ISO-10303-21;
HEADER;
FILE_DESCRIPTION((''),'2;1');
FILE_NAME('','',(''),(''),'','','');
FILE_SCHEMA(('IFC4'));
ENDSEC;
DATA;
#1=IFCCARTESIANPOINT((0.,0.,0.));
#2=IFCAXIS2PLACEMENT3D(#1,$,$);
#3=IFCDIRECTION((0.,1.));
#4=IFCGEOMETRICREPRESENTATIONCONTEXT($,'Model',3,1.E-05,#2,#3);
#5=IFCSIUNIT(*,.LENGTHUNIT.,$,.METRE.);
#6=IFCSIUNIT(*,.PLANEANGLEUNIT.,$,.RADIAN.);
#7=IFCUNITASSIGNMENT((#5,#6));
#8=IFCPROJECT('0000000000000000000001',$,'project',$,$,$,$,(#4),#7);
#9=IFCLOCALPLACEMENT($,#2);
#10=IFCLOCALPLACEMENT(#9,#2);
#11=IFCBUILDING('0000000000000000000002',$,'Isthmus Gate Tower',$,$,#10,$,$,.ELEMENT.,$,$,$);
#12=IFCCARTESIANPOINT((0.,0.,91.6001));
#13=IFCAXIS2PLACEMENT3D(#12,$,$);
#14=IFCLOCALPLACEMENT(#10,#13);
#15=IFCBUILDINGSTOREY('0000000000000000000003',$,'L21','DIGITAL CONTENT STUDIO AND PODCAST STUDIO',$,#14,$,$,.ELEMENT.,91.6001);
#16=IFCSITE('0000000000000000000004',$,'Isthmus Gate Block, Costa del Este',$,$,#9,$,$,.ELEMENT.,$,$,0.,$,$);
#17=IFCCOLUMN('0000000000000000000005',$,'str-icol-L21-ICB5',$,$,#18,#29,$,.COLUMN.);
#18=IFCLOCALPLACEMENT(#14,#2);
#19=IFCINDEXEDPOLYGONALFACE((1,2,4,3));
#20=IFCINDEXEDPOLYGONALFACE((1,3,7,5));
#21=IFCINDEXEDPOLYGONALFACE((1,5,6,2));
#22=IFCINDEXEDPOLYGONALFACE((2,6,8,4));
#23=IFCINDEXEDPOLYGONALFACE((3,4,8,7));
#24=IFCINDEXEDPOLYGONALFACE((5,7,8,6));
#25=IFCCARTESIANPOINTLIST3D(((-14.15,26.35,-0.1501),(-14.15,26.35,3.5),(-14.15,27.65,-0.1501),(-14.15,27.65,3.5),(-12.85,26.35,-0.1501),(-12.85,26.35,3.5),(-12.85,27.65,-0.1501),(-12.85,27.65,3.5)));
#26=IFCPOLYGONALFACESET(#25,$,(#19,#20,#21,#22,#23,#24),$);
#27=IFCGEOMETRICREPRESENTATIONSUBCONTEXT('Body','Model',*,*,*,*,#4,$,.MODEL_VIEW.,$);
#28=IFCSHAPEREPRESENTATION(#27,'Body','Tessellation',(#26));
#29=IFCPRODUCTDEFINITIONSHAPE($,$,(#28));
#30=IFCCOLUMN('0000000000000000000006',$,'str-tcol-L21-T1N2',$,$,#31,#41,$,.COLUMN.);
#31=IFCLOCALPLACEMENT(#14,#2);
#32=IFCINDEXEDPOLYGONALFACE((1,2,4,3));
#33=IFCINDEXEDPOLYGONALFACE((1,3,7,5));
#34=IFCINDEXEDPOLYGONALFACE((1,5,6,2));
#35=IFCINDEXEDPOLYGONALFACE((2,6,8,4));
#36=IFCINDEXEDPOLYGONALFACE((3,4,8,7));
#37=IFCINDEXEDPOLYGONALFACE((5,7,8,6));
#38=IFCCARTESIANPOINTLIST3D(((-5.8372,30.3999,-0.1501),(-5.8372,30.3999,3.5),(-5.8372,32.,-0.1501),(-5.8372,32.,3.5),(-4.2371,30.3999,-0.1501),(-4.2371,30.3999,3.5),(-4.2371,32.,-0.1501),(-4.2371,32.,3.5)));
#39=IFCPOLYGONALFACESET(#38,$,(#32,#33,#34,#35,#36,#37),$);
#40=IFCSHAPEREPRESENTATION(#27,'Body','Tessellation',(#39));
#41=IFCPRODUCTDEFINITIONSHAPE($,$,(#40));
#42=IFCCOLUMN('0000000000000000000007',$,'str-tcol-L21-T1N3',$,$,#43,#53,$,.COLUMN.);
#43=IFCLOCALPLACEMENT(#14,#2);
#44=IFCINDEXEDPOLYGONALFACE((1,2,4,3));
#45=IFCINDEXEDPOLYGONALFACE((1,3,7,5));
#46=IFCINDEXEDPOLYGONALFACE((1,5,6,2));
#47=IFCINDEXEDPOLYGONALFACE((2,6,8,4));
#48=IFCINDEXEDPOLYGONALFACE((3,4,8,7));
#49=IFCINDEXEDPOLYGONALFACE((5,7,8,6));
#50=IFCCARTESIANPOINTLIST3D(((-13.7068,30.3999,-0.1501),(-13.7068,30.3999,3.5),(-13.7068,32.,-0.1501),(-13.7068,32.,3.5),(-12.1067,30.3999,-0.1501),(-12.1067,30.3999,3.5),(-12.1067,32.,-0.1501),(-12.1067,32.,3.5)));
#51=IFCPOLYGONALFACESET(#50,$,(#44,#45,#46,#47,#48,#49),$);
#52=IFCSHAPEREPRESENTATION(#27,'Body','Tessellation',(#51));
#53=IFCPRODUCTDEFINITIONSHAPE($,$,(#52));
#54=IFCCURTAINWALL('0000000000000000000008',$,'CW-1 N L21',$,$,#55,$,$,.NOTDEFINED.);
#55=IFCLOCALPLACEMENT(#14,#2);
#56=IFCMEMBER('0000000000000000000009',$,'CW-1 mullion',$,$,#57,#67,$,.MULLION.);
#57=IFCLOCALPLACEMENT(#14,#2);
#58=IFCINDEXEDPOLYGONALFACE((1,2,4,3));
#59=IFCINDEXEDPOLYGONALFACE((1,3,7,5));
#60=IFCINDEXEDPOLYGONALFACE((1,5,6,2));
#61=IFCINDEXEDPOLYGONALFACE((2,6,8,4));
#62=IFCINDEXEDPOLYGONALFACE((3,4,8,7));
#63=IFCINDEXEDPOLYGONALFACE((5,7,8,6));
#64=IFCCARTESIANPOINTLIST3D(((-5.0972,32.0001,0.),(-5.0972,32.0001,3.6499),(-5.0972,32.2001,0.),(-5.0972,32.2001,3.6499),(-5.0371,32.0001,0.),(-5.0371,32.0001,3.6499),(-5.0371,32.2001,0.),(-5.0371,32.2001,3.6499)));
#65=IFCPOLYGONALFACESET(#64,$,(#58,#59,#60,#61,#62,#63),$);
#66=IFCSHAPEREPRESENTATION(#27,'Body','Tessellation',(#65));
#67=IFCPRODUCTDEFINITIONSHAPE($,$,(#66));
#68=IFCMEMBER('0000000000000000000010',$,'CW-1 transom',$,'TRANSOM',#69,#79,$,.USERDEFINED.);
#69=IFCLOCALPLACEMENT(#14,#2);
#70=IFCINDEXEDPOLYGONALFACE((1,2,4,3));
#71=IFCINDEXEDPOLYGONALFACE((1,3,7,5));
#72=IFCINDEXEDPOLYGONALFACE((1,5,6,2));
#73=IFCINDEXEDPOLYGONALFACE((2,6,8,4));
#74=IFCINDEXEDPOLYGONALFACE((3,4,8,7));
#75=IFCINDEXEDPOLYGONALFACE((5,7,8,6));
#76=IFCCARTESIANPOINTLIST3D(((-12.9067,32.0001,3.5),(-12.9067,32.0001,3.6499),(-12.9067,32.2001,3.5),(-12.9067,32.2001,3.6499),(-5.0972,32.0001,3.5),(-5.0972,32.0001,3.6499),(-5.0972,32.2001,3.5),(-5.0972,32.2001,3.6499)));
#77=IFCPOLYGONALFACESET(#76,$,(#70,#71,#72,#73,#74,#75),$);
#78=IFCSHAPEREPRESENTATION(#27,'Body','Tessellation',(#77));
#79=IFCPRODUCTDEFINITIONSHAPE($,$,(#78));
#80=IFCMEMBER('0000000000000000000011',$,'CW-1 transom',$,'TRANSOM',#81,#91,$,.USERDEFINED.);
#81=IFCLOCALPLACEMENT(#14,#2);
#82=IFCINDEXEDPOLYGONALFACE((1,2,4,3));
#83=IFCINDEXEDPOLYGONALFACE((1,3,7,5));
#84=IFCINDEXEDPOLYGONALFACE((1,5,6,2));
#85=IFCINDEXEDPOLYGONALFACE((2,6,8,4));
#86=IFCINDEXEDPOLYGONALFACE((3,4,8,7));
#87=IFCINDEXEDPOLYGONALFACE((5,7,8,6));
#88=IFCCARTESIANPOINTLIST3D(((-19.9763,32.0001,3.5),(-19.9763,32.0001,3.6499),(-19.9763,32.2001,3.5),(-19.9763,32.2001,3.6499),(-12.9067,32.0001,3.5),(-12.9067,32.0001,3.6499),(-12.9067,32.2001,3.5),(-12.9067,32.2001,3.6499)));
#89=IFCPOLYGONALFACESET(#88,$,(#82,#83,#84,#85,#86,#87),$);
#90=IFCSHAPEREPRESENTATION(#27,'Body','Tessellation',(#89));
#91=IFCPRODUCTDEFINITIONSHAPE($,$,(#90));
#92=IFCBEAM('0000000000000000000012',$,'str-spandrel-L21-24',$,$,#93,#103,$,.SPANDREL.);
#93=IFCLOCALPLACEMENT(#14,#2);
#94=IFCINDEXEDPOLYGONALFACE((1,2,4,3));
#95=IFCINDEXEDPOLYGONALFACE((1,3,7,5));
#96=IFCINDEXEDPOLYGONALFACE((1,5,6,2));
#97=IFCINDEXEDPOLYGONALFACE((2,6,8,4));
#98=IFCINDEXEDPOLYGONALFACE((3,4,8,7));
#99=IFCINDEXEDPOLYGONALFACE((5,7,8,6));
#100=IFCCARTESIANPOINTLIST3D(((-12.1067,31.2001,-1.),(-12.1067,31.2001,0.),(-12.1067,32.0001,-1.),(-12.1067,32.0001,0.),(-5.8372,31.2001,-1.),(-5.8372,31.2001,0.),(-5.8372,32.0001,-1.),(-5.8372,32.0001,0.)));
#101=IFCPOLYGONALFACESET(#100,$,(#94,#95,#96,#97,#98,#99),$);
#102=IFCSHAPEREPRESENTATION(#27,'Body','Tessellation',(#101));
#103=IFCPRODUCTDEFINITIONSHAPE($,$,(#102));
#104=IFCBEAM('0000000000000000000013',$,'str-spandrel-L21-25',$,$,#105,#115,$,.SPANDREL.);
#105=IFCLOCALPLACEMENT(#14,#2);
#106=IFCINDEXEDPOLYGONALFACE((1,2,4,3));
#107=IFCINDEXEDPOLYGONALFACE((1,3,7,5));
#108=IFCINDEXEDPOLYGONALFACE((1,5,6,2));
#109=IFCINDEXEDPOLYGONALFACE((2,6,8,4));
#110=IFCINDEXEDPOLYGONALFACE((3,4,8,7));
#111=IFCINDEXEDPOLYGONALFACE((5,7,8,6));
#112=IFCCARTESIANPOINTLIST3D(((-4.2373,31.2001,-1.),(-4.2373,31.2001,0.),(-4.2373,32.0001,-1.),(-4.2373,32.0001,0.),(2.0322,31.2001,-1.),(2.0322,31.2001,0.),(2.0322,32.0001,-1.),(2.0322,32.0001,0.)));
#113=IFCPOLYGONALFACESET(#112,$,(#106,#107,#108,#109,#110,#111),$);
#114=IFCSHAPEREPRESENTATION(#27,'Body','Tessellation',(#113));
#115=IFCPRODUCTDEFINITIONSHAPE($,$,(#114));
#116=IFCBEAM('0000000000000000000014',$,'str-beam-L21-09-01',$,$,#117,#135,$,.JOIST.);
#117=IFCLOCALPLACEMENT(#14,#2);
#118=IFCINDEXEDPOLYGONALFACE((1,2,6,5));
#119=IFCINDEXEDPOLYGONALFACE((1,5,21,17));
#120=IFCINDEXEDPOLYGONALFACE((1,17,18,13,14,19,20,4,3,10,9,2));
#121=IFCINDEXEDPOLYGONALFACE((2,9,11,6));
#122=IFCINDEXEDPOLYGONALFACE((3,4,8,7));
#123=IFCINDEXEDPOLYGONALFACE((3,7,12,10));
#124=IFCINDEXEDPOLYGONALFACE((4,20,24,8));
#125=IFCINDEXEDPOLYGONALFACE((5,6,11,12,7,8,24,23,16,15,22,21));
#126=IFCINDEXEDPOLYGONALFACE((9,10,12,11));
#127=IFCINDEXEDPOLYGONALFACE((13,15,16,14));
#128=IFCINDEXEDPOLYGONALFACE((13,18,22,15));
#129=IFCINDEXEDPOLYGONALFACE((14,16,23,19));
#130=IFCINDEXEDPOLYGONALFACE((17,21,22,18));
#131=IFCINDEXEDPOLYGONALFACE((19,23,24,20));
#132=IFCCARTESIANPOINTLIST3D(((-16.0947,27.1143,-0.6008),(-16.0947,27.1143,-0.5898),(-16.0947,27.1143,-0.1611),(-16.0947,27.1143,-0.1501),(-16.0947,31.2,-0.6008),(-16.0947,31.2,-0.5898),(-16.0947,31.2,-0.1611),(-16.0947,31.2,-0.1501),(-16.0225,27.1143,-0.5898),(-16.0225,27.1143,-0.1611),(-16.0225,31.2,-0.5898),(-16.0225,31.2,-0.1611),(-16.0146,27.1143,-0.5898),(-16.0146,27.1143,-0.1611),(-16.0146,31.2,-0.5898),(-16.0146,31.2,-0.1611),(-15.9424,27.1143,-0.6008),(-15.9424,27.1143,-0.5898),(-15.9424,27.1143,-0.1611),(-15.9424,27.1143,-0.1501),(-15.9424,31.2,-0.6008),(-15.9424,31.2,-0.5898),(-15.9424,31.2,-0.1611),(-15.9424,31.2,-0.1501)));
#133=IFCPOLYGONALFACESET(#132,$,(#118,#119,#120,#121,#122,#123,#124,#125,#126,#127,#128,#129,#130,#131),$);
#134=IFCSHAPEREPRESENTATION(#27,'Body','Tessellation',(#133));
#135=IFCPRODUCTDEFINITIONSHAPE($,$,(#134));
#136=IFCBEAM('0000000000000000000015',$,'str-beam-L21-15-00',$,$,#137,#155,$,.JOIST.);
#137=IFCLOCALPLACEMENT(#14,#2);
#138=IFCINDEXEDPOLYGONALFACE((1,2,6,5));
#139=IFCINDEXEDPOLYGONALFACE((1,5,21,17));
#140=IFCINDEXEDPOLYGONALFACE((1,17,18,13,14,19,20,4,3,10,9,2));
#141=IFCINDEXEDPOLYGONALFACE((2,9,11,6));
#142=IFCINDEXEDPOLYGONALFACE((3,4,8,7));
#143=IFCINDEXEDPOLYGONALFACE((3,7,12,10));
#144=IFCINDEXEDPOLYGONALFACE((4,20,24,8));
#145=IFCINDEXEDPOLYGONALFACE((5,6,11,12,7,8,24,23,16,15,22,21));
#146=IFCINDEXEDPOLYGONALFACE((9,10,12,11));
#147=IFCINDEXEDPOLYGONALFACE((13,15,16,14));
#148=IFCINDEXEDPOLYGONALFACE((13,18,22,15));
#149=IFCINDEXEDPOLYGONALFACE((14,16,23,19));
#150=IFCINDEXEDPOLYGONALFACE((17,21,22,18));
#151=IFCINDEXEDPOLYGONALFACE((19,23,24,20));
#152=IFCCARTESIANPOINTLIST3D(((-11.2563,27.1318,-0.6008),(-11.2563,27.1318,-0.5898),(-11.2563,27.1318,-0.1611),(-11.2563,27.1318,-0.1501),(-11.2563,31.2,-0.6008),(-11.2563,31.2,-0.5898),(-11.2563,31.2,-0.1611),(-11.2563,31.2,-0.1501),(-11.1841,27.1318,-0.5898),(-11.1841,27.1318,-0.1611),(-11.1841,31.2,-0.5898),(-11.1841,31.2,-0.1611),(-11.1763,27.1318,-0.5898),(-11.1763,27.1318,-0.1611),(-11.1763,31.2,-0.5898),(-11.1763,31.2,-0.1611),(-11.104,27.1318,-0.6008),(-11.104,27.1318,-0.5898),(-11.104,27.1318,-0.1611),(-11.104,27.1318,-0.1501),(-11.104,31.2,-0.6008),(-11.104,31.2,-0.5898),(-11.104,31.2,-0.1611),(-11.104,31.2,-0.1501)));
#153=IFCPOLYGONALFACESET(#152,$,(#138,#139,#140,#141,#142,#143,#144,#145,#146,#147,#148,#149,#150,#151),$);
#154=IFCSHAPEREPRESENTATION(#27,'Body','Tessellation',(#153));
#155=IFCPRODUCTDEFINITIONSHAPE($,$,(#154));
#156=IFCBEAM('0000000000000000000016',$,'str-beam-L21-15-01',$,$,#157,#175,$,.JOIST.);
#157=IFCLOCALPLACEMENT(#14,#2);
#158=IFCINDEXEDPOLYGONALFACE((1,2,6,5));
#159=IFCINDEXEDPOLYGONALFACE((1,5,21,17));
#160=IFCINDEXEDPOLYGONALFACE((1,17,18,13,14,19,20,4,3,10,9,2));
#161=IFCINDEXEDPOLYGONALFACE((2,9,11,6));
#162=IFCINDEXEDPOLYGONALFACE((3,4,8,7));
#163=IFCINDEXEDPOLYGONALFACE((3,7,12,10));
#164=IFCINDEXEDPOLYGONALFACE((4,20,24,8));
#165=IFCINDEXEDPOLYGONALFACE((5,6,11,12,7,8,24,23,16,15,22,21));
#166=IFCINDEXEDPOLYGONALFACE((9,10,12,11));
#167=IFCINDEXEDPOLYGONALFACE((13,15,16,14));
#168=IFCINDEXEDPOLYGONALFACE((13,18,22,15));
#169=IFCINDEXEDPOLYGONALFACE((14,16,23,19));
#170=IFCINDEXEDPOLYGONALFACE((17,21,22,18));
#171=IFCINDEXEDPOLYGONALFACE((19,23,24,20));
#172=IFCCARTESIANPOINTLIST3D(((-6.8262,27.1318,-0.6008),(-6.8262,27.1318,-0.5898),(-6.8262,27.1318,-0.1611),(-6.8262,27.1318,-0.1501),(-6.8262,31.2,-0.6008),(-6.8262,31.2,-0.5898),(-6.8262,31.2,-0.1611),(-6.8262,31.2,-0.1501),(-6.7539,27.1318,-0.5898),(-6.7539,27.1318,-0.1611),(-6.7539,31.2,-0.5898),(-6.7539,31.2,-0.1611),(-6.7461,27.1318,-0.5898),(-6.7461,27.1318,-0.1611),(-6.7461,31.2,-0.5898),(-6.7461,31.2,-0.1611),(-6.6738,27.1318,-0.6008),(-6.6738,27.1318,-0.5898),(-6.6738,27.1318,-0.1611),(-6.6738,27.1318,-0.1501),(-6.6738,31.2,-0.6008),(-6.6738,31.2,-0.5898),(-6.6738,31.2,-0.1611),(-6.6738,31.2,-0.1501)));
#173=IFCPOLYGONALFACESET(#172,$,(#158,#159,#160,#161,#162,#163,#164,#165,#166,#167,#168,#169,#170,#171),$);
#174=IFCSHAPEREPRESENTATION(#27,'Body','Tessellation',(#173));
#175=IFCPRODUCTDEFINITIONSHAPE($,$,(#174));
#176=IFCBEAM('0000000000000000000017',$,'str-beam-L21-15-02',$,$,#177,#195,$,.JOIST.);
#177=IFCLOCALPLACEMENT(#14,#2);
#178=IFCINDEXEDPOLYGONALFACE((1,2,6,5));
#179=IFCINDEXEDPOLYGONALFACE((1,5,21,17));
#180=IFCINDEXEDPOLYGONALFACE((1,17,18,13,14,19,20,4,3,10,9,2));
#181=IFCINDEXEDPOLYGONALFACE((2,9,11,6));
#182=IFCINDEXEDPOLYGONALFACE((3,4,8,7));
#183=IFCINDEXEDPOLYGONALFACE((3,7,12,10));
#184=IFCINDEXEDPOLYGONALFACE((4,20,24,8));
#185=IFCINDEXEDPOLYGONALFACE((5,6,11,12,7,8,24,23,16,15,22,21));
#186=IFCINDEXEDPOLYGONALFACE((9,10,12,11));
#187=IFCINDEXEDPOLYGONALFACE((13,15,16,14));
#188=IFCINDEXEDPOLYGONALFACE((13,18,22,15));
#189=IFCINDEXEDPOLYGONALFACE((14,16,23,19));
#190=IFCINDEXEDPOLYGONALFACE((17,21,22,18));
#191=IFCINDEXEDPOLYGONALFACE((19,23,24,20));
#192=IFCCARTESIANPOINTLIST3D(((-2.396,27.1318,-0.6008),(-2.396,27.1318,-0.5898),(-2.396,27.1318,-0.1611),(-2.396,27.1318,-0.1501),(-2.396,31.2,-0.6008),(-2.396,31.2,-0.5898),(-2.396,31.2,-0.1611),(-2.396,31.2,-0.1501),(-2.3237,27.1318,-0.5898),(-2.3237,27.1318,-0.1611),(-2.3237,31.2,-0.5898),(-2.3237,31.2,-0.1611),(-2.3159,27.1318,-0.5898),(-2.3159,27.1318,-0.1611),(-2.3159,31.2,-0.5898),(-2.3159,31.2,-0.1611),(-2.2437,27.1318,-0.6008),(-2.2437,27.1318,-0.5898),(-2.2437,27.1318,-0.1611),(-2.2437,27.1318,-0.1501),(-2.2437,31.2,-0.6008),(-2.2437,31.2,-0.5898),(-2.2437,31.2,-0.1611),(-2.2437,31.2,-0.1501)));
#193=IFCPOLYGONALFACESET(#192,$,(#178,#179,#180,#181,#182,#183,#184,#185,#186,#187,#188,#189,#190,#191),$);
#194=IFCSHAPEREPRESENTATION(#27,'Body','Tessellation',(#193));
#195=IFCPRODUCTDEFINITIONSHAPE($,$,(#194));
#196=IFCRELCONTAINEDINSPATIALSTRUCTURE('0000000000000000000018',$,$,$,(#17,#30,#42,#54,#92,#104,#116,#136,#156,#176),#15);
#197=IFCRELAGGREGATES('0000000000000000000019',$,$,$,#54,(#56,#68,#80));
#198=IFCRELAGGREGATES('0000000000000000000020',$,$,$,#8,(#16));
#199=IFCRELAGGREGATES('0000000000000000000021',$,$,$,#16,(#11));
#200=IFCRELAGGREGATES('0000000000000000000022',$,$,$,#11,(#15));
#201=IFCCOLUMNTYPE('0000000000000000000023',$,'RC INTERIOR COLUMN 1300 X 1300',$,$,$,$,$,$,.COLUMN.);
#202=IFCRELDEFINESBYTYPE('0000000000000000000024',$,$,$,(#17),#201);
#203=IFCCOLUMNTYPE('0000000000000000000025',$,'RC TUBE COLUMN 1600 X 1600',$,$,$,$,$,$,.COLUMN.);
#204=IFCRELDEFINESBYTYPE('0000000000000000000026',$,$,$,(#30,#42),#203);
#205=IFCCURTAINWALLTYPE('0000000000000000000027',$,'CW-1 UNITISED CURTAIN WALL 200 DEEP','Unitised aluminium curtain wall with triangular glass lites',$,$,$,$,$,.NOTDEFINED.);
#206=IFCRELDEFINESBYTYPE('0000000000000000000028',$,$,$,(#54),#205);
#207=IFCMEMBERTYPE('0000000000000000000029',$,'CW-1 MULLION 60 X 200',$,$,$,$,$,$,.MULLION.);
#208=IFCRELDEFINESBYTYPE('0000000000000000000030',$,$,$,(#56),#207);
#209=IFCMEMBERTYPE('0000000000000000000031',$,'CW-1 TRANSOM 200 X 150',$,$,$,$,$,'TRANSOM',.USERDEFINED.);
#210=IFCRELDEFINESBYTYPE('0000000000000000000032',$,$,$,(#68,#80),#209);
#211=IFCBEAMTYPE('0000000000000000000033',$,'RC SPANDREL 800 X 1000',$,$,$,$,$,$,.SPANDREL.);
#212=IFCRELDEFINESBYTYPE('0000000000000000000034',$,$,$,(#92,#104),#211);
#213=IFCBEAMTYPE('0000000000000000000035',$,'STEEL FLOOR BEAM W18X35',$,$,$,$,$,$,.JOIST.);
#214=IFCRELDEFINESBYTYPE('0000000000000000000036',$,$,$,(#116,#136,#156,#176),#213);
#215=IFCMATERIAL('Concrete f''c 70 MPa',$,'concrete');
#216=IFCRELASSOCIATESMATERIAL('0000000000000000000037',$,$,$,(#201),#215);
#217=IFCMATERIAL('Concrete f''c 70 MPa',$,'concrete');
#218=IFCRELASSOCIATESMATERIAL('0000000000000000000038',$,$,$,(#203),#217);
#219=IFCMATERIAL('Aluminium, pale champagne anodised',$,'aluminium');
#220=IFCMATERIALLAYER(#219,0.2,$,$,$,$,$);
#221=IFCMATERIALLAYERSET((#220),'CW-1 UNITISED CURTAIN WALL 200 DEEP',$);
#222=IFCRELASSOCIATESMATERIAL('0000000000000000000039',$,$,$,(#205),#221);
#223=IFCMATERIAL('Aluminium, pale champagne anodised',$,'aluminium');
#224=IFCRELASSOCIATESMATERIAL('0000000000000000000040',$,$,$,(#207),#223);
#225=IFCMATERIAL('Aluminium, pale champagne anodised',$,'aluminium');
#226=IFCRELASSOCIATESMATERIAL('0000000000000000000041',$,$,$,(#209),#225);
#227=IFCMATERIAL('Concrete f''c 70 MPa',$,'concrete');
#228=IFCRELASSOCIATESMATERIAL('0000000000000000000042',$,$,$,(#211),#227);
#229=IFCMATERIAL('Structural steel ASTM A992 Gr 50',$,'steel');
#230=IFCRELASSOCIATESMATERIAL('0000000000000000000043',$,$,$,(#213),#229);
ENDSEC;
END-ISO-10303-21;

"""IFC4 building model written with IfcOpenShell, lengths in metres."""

from ifc_helpers import new_model, si_unit, direction, frame, origin, origin_2d, place, context, subcontext, project, spatial, rectangle, i_section, extrude, material, layer, layer_set, material_profile, profile_set, type_object, element, aggregate, save


model = new_model("IFC4")

# Units and contexts
model_context = context("Model", 3, precision=1e-05, world=origin(), true_north=direction((0.0, 1.0)))
body_context = subcontext(model_context, "Body", "Model", "MODEL_VIEW")
ifc_project = project(units=[si_unit("LENGTHUNIT", "METRE"), si_unit("PLANEANGLEUNIT", "RADIAN")], contexts=[model_context])

# Site, building, storey
site_placement = place(None, origin())
site = spatial("IfcSite", under=ifc_project, at=site_placement, Name="Isthmus Gate Block, Costa del Este", CompositionType="ELEMENT", RefElevation=0.0)
building_placement = place(site_placement, origin())
building = spatial("IfcBuilding", under=site, at=building_placement, Name="Isthmus Gate Tower", CompositionType="ELEMENT")
storey_placement = place(building_placement, frame((0.0, 0.0, 91.6001)))
storey = spatial("IfcBuildingStorey", under=building, at=storey_placement, Name="L21", Description="DIGITAL CONTENT STUDIO AND PODCAST STUDIO", CompositionType="ELEMENT", Elevation=91.6001)

# Columns
ifc_material_1 = material(Name="Concrete f'c 70 MPa", Category="concrete")
ifc_material_profile_1 = material_profile(ifc_material_1, rectangle(XDim=1.3, YDim=1.3, at=origin_2d()), Name="RC 1300X1300")
ifc_profile_set_1 = profile_set([ifc_material_profile_1], Name="Concrete f'c 70 MPa")
column_type_1 = type_object("IfcColumnType", Name="RC INTERIOR COLUMN 1300 X 1300", PredefinedType="COLUMN", material=ifc_profile_set_1)
column_placement = place(storey_placement, frame((-13.5, 27.0, -0.1501), z_axis=(0.0, 0.0, 1.0), x_axis=(1.0, 0.0, 0.0)))
element("IfcColumn", 1, at=column_placement, inside=storey, type_object=column_type_1, Name="str-icol-L21-ICB5", PredefinedType="COLUMN", context=body_context, shape_type="SweptSolid", body=[
    extrude(rectangle(XDim=1.3, YDim=1.3, at=origin_2d()), origin(), (0.0, 0.0, 1.0), 3.6501),
])
ifc_material_2 = material(Name="Concrete f'c 70 MPa", Category="concrete")
ifc_material_profile_2 = material_profile(ifc_material_2, rectangle(XDim=1.6001, YDim=1.6001, at=origin_2d()), Name="RC 1600X1600")
ifc_profile_set_2 = profile_set([ifc_material_profile_2], Name="Concrete f'c 70 MPa")
column_type_2 = type_object("IfcColumnType", Name="RC TUBE COLUMN 1600 X 1600", PredefinedType="COLUMN", material=ifc_profile_set_2)
for number, where, z_axis, x_axis, name in (
    (2, (-5.0371, 31.2, -0.1501), (0.0, 0.0, 1.0), (-1.0, 0.0, 0.0), "str-tcol-L21-T1N2"),
    (3, (-12.9067, 31.2, -0.1501), (0.0, 0.0, 1.0), (-1.0, 0.0, 0.0), "str-tcol-L21-T1N3"),
):
    element("IfcColumn", number, at=place(storey_placement, frame(where, z_axis=z_axis, x_axis=x_axis)), inside=storey, type_object=column_type_2, Name=name, PredefinedType="COLUMN", context=body_context, shape_type="SweptSolid", body=[
        extrude(rectangle(XDim=1.6001, YDim=1.6001, at=origin_2d()), origin(), (0.0, 0.0, 1.0), 3.6501),
    ])

# Curtain wall, members
ifc_material_3 = material(Name="Aluminium, pale champagne anodised", Category="aluminium")
ifc_layer_1 = layer(ifc_material_3, 0.2)
ifc_layer_set_1 = layer_set([ifc_layer_1], Name="CW-1 UNITISED CURTAIN WALL 200 DEEP")
curtain_wall_type = type_object("IfcCurtainWallType", Name="CW-1 UNITISED CURTAIN WALL 200 DEEP", Description="Unitised aluminium curtain wall with triangular glass lites", PredefinedType="NOTDEFINED", material=ifc_layer_set_1)
curtain_wall_placement = place(storey_placement, origin())
curtain_wall = element("IfcCurtainWall", 4, at=curtain_wall_placement, inside=storey, type_object=curtain_wall_type, Name="CW-1 N L21", PredefinedType="NOTDEFINED")
ifc_material_4 = material(Name="Aluminium, pale champagne anodised", Category="aluminium")
ifc_material_profile_3 = material_profile(ifc_material_4, rectangle(XDim=0.0601, YDim=0.2, at=origin_2d()), Name="60x200")
ifc_profile_set_3 = profile_set([ifc_material_profile_3], Name="Aluminium, pale champagne anodised")
member_type_1 = type_object("IfcMemberType", Name="CW-1 MULLION 60 X 200", PredefinedType="MULLION", material=ifc_profile_set_3)
member_1_placement = place(storey_placement, frame((-5.0671, 32.1001, 0.0), z_axis=(0.0, 0.0, 1.0), x_axis=(-1.0, 0.0, 0.0)))
member_1 = element("IfcMember", 5, at=member_1_placement, type_object=member_type_1, Name="CW-1 mullion", PredefinedType="MULLION", context=body_context, shape_type="SweptSolid", body=[
    extrude(rectangle(XDim=0.0601, YDim=0.2, at=origin_2d()), origin(), (0.0, 0.0, 1.0), 3.6499),
])
ifc_material_5 = material(Name="Aluminium, pale champagne anodised", Category="aluminium")
ifc_material_profile_4 = material_profile(ifc_material_5, rectangle(XDim=0.2, YDim=0.1499, at=origin_2d()), Name="200x150")
ifc_profile_set_4 = profile_set([ifc_material_profile_4], Name="Aluminium, pale champagne anodised")
member_type_2 = type_object("IfcMemberType", Name="CW-1 TRANSOM 200 X 150", ElementType="TRANSOM", PredefinedType="USERDEFINED", material=ifc_profile_set_4)
member_2_placement = place(storey_placement, frame((-5.0972, 32.1001, 3.575), z_axis=(-1.0, 0.0, 0.0), x_axis=(0.0, -1.0, 0.0)))
member_2 = element("IfcMember", 6, at=member_2_placement, type_object=member_type_2, Name="CW-1 transom", ObjectType="TRANSOM", PredefinedType="USERDEFINED", context=body_context, shape_type="SweptSolid", body=[
    extrude(rectangle(XDim=0.2, YDim=0.1499, at=origin_2d()), origin(), (0.0, 0.0, 1.0), 7.8096),
])
member_3_placement = place(storey_placement, frame((-12.9067, 32.1001, 3.575), z_axis=(-1.0, 0.0, 0.0), x_axis=(0.0, -1.0, 0.0)))
member_3 = element("IfcMember", 7, at=member_3_placement, type_object=member_type_2, Name="CW-1 transom", ObjectType="TRANSOM", PredefinedType="USERDEFINED", context=body_context, shape_type="SweptSolid", body=[
    extrude(rectangle(XDim=0.2, YDim=0.1499, at=origin_2d()), origin(), (0.0, 0.0, 1.0), 7.0696),
])

# Beams
ifc_material_6 = material(Name="Concrete f'c 70 MPa", Category="concrete")
ifc_material_profile_5 = material_profile(ifc_material_6, rectangle(XDim=0.8, YDim=1.0, at=origin_2d()), Name="RC 800X1000")
ifc_profile_set_5 = profile_set([ifc_material_profile_5], Name="Concrete f'c 70 MPa")
beam_type_1 = type_object("IfcBeamType", Name="RC SPANDREL 800 X 1000", PredefinedType="SPANDREL", material=ifc_profile_set_5)
for number, where, z_axis, x_axis, name in (
    (8, (-12.1067, 31.6001, -0.5), (1.0, 0.0, 0.0), (0.0, 1.0, 0.0), "str-spandrel-L21-24"),
    (9, (-4.2373, 31.6001, -0.5), (1.0, 0.0, 0.0), (0.0, 1.0, 0.0), "str-spandrel-L21-25"),
):
    element("IfcBeam", number, at=place(storey_placement, frame(where, z_axis=z_axis, x_axis=x_axis)), inside=storey, type_object=beam_type_1, Name=name, PredefinedType="SPANDREL", context=body_context, shape_type="SweptSolid", body=[
        extrude(rectangle(XDim=0.8, YDim=1.0, at=origin_2d()), origin(), (0.0, 0.0, 1.0), 6.2695),
    ])
ifc_material_7 = material(Name="Structural steel ASTM A992 Gr 50", Category="steel")
ifc_material_profile_6 = material_profile(ifc_material_7, i_section(OverallWidth=0.1523, OverallDepth=0.4507, WebThickness=0.0078, FlangeThickness=0.011, at=origin_2d()), Name="W18X35")
ifc_profile_set_6 = profile_set([ifc_material_profile_6], Name="Structural steel ASTM A992 Gr 50")
beam_type_2 = type_object("IfcBeamType", Name="STEEL FLOOR BEAM W18X35", PredefinedType="JOIST", material=ifc_profile_set_6)
beam_1_placement = place(storey_placement, frame((-16.0186, 27.1143, -0.3755), z_axis=(0.0, 1.0, 0.0), x_axis=(-1.0, 0.0, 0.0)))
element("IfcBeam", 10, at=beam_1_placement, inside=storey, type_object=beam_type_2, Name="str-beam-L21-09-01", PredefinedType="JOIST", context=body_context, shape_type="SweptSolid", body=[
    extrude(i_section(OverallWidth=0.1523, OverallDepth=0.4507, WebThickness=0.0078, FlangeThickness=0.011, at=origin_2d()), origin(), (0.0, 0.0, 1.0), 4.0857),
])
for number, where, z_axis, x_axis, name in (
    (11, (-11.1802, 27.1318, -0.3755), (0.0, 1.0, 0.0), (-1.0, 0.0, 0.0), "str-beam-L21-15-00"),
    (12, (-6.75, 27.1318, -0.3755), (0.0, 1.0, 0.0), (-1.0, 0.0, 0.0), "str-beam-L21-15-01"),
    (13, (-2.3198, 27.1318, -0.3755), (0.0, 1.0, 0.0), (-1.0, 0.0, 0.0), "str-beam-L21-15-02"),
):
    element("IfcBeam", number, at=place(storey_placement, frame(where, z_axis=z_axis, x_axis=x_axis)), inside=storey, type_object=beam_type_2, Name=name, PredefinedType="JOIST", context=body_context, shape_type="SweptSolid", body=[
        extrude(i_section(OverallWidth=0.1523, OverallDepth=0.4507, WebThickness=0.0078, FlangeThickness=0.011, at=origin_2d()), origin(), (0.0, 0.0, 1.0), 4.0681),
    ])

aggregate(curtain_wall, [member_1, member_2, member_3])

save(model, "model.ifc")
